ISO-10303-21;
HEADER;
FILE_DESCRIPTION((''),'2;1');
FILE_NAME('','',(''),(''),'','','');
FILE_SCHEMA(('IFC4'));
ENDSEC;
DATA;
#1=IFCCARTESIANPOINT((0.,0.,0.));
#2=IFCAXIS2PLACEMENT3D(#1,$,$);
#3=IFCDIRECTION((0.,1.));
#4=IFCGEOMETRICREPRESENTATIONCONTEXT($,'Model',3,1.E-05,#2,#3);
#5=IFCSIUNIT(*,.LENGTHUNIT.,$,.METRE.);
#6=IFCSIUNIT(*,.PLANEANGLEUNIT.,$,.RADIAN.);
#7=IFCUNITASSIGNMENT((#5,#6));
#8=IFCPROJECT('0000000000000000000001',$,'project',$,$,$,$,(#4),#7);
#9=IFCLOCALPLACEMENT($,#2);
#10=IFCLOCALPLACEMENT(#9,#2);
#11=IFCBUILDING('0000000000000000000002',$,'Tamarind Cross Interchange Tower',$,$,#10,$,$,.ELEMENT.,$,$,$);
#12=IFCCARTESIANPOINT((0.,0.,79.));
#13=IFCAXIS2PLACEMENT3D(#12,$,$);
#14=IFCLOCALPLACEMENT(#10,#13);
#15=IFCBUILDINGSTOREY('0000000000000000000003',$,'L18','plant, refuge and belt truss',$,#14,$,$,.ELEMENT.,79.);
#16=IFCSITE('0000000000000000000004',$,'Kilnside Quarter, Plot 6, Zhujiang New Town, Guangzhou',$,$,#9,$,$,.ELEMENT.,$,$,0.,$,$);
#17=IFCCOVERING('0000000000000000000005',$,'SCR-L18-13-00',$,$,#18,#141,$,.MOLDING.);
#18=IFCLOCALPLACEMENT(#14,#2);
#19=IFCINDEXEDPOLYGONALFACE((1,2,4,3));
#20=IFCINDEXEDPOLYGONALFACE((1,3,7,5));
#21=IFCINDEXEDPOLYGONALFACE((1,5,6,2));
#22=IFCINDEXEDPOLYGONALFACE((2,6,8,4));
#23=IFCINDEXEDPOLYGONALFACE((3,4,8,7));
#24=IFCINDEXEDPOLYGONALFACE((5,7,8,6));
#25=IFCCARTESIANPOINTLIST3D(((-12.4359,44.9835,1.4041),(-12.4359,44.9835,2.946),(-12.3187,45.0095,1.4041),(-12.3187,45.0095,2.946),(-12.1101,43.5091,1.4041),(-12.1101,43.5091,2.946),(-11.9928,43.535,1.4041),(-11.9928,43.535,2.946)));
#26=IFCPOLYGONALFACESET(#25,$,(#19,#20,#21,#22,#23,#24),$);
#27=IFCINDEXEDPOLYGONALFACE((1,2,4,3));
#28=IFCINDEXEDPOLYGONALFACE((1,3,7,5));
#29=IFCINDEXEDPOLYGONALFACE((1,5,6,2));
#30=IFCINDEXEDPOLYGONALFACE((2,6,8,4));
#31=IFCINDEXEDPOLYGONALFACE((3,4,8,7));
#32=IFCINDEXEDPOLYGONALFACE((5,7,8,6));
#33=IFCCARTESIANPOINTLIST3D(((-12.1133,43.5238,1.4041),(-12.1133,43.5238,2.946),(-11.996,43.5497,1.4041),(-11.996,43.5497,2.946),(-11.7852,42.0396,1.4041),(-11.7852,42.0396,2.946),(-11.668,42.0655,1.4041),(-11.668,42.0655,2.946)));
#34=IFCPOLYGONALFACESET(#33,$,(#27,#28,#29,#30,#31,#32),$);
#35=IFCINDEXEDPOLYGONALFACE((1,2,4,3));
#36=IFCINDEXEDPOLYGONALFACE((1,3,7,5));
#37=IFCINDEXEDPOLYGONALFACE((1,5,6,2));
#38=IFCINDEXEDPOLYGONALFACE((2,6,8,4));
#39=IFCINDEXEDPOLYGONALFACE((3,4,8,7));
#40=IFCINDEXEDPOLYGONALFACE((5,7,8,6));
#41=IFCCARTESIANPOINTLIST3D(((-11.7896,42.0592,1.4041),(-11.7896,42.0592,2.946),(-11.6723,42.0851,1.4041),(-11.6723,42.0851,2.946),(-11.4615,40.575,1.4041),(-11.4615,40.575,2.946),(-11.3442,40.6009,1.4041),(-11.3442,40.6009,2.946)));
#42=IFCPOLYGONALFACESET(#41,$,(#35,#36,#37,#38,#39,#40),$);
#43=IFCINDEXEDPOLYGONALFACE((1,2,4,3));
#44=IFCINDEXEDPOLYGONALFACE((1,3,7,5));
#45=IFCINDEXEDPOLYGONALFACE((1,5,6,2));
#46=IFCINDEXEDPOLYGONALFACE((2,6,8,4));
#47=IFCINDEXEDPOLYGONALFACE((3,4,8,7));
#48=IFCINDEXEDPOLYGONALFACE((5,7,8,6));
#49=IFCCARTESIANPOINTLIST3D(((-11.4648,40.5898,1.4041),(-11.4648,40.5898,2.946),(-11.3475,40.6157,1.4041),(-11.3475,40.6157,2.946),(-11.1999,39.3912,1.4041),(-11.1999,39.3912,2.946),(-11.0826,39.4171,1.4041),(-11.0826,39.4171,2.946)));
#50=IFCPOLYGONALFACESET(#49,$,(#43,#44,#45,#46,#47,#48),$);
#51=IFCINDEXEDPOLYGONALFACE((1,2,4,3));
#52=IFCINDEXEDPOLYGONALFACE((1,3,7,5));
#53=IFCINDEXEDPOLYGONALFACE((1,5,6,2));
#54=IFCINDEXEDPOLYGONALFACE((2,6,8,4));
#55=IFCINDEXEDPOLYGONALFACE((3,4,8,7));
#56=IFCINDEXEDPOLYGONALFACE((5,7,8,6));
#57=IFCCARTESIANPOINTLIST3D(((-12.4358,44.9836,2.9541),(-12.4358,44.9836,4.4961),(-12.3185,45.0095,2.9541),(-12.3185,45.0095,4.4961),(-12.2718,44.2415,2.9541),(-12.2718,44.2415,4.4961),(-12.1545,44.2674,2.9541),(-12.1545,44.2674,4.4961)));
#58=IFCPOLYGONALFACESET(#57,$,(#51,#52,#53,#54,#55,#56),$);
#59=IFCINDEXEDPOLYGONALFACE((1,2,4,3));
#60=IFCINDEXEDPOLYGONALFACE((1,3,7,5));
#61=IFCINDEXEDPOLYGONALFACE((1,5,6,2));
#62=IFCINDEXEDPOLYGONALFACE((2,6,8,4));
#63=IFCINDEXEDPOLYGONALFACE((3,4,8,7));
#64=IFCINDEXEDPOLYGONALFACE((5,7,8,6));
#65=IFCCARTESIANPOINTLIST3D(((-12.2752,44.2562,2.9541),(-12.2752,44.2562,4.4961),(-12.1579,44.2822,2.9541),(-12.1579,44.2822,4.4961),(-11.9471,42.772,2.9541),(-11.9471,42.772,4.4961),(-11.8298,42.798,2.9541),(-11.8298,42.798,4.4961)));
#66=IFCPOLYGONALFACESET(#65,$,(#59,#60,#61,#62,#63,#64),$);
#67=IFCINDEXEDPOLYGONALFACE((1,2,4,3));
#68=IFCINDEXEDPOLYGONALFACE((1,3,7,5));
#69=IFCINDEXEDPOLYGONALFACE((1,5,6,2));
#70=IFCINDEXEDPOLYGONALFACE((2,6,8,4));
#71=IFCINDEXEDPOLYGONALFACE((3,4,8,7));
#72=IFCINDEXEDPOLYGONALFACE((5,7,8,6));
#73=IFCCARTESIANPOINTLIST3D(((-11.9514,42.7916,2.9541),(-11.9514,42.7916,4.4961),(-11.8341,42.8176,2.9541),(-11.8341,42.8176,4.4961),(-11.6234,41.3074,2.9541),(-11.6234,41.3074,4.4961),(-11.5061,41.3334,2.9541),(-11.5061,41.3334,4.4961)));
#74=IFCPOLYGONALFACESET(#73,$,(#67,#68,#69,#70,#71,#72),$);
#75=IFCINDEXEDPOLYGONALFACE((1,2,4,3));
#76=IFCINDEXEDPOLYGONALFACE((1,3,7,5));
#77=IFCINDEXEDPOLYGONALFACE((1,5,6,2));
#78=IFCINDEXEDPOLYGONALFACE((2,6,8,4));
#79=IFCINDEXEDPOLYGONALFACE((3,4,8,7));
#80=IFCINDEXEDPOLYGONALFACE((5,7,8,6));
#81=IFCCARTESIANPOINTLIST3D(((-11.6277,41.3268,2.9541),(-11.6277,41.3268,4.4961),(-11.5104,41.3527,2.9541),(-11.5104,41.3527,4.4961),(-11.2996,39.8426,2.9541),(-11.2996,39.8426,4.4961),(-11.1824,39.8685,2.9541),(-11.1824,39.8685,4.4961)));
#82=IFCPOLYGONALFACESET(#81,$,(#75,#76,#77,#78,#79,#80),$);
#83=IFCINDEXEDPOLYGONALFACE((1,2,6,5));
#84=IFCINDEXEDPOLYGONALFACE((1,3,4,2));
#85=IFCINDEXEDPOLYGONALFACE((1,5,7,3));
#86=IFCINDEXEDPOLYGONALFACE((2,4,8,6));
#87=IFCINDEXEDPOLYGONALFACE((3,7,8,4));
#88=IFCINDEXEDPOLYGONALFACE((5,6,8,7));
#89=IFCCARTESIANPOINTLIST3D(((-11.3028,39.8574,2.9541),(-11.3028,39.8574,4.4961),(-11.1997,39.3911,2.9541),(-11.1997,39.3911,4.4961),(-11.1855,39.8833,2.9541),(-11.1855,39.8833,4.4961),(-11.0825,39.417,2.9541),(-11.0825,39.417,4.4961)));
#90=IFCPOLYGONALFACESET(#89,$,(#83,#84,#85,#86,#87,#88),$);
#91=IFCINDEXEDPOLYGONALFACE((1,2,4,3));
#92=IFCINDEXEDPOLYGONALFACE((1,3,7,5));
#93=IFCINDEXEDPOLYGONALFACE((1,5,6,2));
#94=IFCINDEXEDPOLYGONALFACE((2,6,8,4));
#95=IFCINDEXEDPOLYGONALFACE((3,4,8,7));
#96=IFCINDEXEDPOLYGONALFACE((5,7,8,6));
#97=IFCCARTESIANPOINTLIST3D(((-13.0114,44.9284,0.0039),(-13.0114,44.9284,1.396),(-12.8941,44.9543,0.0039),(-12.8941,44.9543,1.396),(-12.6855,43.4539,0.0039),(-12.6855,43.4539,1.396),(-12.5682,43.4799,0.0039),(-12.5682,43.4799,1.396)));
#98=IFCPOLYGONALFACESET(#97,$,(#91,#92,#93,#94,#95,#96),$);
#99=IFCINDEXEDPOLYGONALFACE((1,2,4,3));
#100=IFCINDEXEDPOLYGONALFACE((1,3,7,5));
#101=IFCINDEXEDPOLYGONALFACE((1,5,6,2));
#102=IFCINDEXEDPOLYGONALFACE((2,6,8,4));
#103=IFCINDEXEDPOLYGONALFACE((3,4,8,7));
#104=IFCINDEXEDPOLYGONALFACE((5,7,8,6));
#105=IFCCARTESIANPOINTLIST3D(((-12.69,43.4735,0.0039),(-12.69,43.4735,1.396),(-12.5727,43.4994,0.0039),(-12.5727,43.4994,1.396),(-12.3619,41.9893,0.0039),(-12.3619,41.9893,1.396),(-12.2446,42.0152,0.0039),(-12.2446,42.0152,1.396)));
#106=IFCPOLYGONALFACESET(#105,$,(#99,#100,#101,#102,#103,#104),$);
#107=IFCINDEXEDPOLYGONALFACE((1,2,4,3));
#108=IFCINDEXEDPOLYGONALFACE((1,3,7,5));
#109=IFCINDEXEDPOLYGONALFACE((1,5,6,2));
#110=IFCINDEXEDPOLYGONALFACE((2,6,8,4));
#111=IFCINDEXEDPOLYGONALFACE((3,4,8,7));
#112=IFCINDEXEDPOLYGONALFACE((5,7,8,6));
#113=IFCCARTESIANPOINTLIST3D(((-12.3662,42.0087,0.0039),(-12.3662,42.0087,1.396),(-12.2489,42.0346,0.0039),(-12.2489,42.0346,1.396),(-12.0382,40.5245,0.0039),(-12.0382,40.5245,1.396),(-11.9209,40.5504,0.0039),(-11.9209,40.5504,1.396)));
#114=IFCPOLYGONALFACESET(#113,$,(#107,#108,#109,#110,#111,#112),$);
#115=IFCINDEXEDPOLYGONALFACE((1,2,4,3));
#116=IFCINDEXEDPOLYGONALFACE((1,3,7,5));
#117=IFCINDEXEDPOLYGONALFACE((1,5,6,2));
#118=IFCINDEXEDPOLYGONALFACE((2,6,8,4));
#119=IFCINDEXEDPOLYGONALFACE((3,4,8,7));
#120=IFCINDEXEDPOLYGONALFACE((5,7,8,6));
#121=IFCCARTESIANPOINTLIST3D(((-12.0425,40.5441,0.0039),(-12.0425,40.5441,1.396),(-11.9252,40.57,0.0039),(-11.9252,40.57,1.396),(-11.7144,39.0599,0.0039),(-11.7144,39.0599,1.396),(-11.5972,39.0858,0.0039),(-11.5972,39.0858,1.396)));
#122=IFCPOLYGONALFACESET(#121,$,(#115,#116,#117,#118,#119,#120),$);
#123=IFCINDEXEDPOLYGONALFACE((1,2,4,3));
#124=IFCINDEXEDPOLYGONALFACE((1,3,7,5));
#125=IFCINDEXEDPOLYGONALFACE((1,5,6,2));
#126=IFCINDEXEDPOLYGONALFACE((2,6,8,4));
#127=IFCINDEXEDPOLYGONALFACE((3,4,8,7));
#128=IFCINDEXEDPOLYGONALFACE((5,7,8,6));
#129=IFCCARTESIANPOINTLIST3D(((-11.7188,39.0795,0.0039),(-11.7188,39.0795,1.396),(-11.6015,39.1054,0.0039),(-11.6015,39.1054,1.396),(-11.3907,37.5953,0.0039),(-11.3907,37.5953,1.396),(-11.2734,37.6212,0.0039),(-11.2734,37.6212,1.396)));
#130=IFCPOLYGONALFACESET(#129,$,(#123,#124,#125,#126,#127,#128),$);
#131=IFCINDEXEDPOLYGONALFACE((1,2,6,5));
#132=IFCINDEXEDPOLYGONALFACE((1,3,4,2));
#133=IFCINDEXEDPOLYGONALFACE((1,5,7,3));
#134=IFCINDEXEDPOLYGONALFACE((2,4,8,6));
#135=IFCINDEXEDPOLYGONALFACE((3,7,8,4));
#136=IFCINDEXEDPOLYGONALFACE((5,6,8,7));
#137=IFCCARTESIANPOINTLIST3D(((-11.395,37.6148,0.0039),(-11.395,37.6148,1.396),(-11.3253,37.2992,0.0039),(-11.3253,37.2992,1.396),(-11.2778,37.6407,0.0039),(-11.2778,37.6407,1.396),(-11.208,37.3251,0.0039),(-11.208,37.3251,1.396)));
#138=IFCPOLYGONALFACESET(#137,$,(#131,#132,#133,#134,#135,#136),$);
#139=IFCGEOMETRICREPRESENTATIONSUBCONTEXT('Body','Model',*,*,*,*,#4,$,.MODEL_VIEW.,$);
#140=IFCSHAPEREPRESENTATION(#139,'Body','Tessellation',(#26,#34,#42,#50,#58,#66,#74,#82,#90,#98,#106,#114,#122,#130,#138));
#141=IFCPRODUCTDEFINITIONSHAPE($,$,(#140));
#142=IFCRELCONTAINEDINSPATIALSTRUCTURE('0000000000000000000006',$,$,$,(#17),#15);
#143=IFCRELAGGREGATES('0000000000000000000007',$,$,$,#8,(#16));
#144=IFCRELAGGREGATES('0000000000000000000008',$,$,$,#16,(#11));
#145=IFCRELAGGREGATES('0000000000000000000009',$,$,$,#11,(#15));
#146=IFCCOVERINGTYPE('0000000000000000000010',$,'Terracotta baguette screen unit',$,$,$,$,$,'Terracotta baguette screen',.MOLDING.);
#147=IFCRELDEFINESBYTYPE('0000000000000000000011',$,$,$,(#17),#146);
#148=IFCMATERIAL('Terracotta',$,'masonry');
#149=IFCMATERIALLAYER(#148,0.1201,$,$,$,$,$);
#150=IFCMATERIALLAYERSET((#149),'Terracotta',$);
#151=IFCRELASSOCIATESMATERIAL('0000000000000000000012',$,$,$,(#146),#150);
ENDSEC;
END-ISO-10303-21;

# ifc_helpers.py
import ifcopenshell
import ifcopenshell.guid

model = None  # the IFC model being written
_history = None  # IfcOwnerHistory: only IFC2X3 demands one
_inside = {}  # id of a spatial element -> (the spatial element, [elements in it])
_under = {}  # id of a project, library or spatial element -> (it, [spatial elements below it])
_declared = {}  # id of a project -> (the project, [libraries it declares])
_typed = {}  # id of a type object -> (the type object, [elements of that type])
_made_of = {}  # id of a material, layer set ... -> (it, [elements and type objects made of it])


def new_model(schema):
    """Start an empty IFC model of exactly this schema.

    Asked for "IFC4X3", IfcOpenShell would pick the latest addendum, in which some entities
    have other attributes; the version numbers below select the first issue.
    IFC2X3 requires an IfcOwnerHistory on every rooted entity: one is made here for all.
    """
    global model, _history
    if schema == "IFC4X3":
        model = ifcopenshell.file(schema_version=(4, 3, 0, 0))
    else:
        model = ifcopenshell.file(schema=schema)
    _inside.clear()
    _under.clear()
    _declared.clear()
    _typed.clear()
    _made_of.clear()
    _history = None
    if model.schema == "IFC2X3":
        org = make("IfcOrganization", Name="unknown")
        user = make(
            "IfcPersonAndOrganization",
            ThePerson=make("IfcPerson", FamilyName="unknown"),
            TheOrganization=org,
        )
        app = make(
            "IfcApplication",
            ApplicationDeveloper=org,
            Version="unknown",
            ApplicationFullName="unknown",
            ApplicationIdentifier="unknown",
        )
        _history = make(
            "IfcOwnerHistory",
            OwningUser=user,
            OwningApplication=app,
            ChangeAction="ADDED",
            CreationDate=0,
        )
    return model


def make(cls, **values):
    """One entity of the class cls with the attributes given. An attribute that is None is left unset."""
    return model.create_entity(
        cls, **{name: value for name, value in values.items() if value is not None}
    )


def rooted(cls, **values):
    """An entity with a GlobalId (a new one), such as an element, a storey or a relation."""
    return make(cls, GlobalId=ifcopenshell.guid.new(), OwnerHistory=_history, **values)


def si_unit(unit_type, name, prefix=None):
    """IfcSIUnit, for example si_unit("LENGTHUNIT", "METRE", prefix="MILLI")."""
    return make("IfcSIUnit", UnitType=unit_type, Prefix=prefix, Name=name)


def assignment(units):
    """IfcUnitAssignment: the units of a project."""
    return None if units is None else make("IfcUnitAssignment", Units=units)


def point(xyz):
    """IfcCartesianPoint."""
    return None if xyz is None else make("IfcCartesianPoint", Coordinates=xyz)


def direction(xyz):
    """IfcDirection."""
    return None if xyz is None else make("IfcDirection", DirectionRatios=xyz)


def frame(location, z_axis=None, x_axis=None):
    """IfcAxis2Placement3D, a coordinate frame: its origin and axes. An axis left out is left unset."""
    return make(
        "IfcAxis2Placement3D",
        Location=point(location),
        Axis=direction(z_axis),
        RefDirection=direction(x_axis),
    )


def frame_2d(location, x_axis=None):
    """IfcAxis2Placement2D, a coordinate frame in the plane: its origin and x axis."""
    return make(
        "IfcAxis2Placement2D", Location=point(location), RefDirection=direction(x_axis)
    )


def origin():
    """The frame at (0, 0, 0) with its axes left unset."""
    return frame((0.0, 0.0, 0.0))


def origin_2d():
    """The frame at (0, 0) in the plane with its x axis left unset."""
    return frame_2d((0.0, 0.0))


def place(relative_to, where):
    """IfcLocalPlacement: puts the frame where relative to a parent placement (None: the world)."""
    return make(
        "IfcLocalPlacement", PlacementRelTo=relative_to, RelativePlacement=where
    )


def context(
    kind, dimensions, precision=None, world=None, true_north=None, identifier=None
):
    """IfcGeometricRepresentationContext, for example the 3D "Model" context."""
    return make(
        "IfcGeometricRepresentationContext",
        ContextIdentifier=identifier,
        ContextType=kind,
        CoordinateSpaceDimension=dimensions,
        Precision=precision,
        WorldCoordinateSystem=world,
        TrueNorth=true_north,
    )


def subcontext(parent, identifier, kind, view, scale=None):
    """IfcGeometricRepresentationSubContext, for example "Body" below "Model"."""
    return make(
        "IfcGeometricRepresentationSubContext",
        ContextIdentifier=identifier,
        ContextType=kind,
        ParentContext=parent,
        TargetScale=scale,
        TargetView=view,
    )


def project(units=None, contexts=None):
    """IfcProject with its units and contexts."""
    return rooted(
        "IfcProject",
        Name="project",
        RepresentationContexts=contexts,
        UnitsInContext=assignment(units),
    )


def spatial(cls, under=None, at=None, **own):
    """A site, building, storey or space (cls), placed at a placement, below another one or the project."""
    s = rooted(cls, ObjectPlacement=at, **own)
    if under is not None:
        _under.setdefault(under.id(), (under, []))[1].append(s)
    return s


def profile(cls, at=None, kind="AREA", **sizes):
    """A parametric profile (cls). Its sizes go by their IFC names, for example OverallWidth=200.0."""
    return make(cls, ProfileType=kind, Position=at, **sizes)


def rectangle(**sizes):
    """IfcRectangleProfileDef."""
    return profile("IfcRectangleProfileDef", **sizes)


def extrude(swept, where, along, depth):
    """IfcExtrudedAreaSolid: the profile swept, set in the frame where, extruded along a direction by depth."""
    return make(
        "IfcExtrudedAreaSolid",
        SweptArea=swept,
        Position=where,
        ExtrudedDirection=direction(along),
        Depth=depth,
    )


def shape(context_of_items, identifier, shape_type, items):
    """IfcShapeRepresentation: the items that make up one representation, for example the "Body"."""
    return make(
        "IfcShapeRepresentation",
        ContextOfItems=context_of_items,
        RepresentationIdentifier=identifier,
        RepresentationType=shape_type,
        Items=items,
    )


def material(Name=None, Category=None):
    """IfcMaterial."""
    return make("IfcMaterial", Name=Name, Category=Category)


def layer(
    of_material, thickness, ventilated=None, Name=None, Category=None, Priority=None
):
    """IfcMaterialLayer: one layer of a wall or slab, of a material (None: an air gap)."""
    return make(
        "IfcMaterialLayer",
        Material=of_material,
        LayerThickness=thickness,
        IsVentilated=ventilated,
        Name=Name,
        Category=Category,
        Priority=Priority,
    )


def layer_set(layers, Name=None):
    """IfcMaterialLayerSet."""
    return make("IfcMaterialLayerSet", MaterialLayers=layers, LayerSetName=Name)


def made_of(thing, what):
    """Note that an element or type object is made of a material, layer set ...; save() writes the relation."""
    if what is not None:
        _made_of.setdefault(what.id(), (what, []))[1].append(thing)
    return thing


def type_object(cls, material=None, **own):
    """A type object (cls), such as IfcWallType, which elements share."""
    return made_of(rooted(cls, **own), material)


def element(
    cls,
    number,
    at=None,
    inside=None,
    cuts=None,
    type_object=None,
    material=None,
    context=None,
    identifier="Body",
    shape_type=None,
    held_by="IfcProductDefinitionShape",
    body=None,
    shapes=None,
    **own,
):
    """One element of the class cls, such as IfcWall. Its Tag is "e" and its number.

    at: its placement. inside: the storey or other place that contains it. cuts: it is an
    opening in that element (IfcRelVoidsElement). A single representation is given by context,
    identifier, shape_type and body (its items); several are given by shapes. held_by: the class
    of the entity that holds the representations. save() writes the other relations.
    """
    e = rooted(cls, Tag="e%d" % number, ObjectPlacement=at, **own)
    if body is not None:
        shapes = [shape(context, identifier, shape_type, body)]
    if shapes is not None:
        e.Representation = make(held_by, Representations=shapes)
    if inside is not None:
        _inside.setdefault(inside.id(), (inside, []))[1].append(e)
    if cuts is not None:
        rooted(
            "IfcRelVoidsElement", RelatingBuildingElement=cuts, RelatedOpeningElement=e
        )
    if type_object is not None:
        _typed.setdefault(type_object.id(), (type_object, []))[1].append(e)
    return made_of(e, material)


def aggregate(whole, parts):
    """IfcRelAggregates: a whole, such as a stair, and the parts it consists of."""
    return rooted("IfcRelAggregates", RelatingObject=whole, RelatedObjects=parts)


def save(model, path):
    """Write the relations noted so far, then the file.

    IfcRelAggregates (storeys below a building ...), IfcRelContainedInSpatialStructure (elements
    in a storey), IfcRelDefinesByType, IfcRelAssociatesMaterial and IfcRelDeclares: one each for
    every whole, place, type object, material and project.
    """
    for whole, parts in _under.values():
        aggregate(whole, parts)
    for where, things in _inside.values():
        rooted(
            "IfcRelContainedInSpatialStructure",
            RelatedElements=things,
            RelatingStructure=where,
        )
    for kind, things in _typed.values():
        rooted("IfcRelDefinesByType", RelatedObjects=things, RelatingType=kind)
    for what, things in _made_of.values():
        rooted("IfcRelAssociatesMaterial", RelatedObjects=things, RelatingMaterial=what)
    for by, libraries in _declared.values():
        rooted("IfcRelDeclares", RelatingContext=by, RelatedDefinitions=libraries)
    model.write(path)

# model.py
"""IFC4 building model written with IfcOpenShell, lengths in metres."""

from ifc_helpers import new_model, si_unit, direction, frame, origin, origin_2d, place, context, subcontext, project, spatial, rectangle, extrude, material, layer, layer_set, type_object, element, save


model = new_model("IFC4")

# Units and contexts
model_context = context("Model", 3, precision=1e-05, world=origin(), true_north=direction((0.0, 1.0)))
body_context = subcontext(model_context, "Body", "Model", "MODEL_VIEW")
ifc_project = project(units=[si_unit("LENGTHUNIT", "METRE"), si_unit("PLANEANGLEUNIT", "RADIAN")], contexts=[model_context])

# Site, building, storey
site_placement = place(None, origin())
site = spatial("IfcSite", under=ifc_project, at=site_placement, Name="Kilnside Quarter, Plot 6, Zhujiang New Town, Guangzhou", CompositionType="ELEMENT", RefElevation=0.0)
building_placement = place(site_placement, origin())
building = spatial("IfcBuilding", under=site, at=building_placement, Name="Tamarind Cross Interchange Tower", CompositionType="ELEMENT")
storey_placement = place(building_placement, frame((0.0, 0.0, 79.0)))
storey = spatial("IfcBuildingStorey", under=building, at=storey_placement, Name="L18", Description="plant, refuge and belt truss", CompositionType="ELEMENT", Elevation=79.0)

# Covering
ifc_material_1 = material(Name="Terracotta", Category="masonry")
ifc_layer_1 = layer(ifc_material_1, 0.1201)
ifc_layer_set_1 = layer_set([ifc_layer_1], Name="Terracotta")
covering_type = type_object("IfcCoveringType", Name="Terracotta baguette screen unit", ElementType="Terracotta baguette screen", PredefinedType="MOLDING", material=ifc_layer_set_1)
covering_1_placement = place(storey_placement, origin())
element("IfcCovering", 1, at=covering_1_placement, inside=storey, type_object=covering_type, Name="SCR-L18-13-00", PredefinedType="MOLDING", context=body_context, shape_type="SweptSolid", body=[
    extrude(rectangle(XDim=1.51, YDim=0.1201, at=origin_2d()), frame((-12.2144, 44.2593, 1.4041), z_axis=(0.0, 0.0, 1.0), x_axis=(0.21582, -0.976433, 0.0)), (0.0, 0.0, 1.0), 1.542),
    extrude(rectangle(XDim=1.52, YDim=0.1201, at=origin_2d()), frame((-11.8906, 42.7947, 1.4041), z_axis=(0.0, 0.0, 1.0), x_axis=(0.21582, -0.976433, 0.0)), (0.0, 0.0, 1.0), 1.542),
    extrude(rectangle(XDim=1.52, YDim=0.1201, at=origin_2d()), frame((-11.5669, 41.3301, 1.4041), z_axis=(0.0, 0.0, 1.0), x_axis=(0.21582, -0.976433, 0.0)), (0.0, 0.0, 1.0), 1.542),
    extrude(rectangle(XDim=1.2275, YDim=0.1201, at=origin_2d()), frame((-11.2737, 40.0034, 1.4041), z_axis=(0.0, 0.0, 1.0), x_axis=(0.21582, -0.976433, 0.0)), (0.0, 0.0, 1.0), 1.542),
    extrude(rectangle(XDim=0.76, YDim=0.1201, at=origin_2d()), frame((-12.2952, 44.6255, 2.9541), z_axis=(0.0, 0.0, 1.0), x_axis=(0.21582, -0.976433, 0.0)), (0.0, 0.0, 1.0), 1.542),
    extrude(rectangle(XDim=1.52, YDim=0.1201, at=origin_2d()), frame((-12.0525, 43.5271, 2.9541), z_axis=(0.0, 0.0, 1.0), x_axis=(0.21582, -0.976433, 0.0)), (0.0, 0.0, 1.0), 1.542),
    extrude(rectangle(XDim=1.52, YDim=0.1201, at=origin_2d()), frame((-11.7288, 42.0625, 2.9541), z_axis=(0.0, 0.0, 1.0), x_axis=(0.21582, -0.976433, 0.0)), (0.0, 0.0, 1.0), 1.542),
    extrude(rectangle(XDim=1.52, YDim=0.1201, at=origin_2d()), frame((-11.405, 40.5977, 2.9541), z_axis=(0.0, 0.0, 1.0), x_axis=(0.21582, -0.976433, 0.0)), (0.0, 0.0, 1.0), 1.542),
    extrude(rectangle(XDim=0.4775, YDim=0.1201, at=origin_2d()), frame((-11.1926, 39.6372, 2.9541), z_axis=(0.0, 0.0, 1.0), x_axis=(0.21582, -0.976433, 0.0)), (0.0, 0.0, 1.0), 1.542),
    extrude(rectangle(XDim=1.51, YDim=0.1201, at=origin_2d()), frame((-12.7898, 44.2041, 0.0039), z_axis=(0.0, 0.0, 1.0), x_axis=(0.21582, -0.976433, 0.0)), (0.0, 0.0, 1.0), 1.3921),
    extrude(rectangle(XDim=1.52, YDim=0.1201, at=origin_2d()), frame((-12.4673, 42.7444, 0.0039), z_axis=(0.0, 0.0, 1.0), x_axis=(0.21582, -0.976433, 0.0)), (0.0, 0.0, 1.0), 1.3921),
    extrude(rectangle(XDim=1.52, YDim=0.1201, at=origin_2d()), frame((-12.1436, 41.2795, 0.0039), z_axis=(0.0, 0.0, 1.0), x_axis=(0.21582, -0.976433, 0.0)), (0.0, 0.0, 1.0), 1.3921),
    extrude(rectangle(XDim=1.52, YDim=0.1201, at=origin_2d()), frame((-11.8198, 39.8149, 0.0039), z_axis=(0.0, 0.0, 1.0), x_axis=(0.21582, -0.976433, 0.0)), (0.0, 0.0, 1.0), 1.3921),
    extrude(rectangle(XDim=1.52, YDim=0.1201, at=origin_2d()), frame((-11.4961, 38.3503, 0.0039), z_axis=(0.0, 0.0, 1.0), x_axis=(0.21582, -0.976433, 0.0)), (0.0, 0.0, 1.0), 1.3921),
    extrude(rectangle(XDim=0.3232, YDim=0.1201, at=origin_2d()), frame((-11.3015, 37.47, 0.0039), z_axis=(0.0, 0.0, 1.0), x_axis=(0.21582, -0.976433, 0.0)), (0.0, 0.0, 1.0), 1.3921),
])

save(model, "model.ifc")
